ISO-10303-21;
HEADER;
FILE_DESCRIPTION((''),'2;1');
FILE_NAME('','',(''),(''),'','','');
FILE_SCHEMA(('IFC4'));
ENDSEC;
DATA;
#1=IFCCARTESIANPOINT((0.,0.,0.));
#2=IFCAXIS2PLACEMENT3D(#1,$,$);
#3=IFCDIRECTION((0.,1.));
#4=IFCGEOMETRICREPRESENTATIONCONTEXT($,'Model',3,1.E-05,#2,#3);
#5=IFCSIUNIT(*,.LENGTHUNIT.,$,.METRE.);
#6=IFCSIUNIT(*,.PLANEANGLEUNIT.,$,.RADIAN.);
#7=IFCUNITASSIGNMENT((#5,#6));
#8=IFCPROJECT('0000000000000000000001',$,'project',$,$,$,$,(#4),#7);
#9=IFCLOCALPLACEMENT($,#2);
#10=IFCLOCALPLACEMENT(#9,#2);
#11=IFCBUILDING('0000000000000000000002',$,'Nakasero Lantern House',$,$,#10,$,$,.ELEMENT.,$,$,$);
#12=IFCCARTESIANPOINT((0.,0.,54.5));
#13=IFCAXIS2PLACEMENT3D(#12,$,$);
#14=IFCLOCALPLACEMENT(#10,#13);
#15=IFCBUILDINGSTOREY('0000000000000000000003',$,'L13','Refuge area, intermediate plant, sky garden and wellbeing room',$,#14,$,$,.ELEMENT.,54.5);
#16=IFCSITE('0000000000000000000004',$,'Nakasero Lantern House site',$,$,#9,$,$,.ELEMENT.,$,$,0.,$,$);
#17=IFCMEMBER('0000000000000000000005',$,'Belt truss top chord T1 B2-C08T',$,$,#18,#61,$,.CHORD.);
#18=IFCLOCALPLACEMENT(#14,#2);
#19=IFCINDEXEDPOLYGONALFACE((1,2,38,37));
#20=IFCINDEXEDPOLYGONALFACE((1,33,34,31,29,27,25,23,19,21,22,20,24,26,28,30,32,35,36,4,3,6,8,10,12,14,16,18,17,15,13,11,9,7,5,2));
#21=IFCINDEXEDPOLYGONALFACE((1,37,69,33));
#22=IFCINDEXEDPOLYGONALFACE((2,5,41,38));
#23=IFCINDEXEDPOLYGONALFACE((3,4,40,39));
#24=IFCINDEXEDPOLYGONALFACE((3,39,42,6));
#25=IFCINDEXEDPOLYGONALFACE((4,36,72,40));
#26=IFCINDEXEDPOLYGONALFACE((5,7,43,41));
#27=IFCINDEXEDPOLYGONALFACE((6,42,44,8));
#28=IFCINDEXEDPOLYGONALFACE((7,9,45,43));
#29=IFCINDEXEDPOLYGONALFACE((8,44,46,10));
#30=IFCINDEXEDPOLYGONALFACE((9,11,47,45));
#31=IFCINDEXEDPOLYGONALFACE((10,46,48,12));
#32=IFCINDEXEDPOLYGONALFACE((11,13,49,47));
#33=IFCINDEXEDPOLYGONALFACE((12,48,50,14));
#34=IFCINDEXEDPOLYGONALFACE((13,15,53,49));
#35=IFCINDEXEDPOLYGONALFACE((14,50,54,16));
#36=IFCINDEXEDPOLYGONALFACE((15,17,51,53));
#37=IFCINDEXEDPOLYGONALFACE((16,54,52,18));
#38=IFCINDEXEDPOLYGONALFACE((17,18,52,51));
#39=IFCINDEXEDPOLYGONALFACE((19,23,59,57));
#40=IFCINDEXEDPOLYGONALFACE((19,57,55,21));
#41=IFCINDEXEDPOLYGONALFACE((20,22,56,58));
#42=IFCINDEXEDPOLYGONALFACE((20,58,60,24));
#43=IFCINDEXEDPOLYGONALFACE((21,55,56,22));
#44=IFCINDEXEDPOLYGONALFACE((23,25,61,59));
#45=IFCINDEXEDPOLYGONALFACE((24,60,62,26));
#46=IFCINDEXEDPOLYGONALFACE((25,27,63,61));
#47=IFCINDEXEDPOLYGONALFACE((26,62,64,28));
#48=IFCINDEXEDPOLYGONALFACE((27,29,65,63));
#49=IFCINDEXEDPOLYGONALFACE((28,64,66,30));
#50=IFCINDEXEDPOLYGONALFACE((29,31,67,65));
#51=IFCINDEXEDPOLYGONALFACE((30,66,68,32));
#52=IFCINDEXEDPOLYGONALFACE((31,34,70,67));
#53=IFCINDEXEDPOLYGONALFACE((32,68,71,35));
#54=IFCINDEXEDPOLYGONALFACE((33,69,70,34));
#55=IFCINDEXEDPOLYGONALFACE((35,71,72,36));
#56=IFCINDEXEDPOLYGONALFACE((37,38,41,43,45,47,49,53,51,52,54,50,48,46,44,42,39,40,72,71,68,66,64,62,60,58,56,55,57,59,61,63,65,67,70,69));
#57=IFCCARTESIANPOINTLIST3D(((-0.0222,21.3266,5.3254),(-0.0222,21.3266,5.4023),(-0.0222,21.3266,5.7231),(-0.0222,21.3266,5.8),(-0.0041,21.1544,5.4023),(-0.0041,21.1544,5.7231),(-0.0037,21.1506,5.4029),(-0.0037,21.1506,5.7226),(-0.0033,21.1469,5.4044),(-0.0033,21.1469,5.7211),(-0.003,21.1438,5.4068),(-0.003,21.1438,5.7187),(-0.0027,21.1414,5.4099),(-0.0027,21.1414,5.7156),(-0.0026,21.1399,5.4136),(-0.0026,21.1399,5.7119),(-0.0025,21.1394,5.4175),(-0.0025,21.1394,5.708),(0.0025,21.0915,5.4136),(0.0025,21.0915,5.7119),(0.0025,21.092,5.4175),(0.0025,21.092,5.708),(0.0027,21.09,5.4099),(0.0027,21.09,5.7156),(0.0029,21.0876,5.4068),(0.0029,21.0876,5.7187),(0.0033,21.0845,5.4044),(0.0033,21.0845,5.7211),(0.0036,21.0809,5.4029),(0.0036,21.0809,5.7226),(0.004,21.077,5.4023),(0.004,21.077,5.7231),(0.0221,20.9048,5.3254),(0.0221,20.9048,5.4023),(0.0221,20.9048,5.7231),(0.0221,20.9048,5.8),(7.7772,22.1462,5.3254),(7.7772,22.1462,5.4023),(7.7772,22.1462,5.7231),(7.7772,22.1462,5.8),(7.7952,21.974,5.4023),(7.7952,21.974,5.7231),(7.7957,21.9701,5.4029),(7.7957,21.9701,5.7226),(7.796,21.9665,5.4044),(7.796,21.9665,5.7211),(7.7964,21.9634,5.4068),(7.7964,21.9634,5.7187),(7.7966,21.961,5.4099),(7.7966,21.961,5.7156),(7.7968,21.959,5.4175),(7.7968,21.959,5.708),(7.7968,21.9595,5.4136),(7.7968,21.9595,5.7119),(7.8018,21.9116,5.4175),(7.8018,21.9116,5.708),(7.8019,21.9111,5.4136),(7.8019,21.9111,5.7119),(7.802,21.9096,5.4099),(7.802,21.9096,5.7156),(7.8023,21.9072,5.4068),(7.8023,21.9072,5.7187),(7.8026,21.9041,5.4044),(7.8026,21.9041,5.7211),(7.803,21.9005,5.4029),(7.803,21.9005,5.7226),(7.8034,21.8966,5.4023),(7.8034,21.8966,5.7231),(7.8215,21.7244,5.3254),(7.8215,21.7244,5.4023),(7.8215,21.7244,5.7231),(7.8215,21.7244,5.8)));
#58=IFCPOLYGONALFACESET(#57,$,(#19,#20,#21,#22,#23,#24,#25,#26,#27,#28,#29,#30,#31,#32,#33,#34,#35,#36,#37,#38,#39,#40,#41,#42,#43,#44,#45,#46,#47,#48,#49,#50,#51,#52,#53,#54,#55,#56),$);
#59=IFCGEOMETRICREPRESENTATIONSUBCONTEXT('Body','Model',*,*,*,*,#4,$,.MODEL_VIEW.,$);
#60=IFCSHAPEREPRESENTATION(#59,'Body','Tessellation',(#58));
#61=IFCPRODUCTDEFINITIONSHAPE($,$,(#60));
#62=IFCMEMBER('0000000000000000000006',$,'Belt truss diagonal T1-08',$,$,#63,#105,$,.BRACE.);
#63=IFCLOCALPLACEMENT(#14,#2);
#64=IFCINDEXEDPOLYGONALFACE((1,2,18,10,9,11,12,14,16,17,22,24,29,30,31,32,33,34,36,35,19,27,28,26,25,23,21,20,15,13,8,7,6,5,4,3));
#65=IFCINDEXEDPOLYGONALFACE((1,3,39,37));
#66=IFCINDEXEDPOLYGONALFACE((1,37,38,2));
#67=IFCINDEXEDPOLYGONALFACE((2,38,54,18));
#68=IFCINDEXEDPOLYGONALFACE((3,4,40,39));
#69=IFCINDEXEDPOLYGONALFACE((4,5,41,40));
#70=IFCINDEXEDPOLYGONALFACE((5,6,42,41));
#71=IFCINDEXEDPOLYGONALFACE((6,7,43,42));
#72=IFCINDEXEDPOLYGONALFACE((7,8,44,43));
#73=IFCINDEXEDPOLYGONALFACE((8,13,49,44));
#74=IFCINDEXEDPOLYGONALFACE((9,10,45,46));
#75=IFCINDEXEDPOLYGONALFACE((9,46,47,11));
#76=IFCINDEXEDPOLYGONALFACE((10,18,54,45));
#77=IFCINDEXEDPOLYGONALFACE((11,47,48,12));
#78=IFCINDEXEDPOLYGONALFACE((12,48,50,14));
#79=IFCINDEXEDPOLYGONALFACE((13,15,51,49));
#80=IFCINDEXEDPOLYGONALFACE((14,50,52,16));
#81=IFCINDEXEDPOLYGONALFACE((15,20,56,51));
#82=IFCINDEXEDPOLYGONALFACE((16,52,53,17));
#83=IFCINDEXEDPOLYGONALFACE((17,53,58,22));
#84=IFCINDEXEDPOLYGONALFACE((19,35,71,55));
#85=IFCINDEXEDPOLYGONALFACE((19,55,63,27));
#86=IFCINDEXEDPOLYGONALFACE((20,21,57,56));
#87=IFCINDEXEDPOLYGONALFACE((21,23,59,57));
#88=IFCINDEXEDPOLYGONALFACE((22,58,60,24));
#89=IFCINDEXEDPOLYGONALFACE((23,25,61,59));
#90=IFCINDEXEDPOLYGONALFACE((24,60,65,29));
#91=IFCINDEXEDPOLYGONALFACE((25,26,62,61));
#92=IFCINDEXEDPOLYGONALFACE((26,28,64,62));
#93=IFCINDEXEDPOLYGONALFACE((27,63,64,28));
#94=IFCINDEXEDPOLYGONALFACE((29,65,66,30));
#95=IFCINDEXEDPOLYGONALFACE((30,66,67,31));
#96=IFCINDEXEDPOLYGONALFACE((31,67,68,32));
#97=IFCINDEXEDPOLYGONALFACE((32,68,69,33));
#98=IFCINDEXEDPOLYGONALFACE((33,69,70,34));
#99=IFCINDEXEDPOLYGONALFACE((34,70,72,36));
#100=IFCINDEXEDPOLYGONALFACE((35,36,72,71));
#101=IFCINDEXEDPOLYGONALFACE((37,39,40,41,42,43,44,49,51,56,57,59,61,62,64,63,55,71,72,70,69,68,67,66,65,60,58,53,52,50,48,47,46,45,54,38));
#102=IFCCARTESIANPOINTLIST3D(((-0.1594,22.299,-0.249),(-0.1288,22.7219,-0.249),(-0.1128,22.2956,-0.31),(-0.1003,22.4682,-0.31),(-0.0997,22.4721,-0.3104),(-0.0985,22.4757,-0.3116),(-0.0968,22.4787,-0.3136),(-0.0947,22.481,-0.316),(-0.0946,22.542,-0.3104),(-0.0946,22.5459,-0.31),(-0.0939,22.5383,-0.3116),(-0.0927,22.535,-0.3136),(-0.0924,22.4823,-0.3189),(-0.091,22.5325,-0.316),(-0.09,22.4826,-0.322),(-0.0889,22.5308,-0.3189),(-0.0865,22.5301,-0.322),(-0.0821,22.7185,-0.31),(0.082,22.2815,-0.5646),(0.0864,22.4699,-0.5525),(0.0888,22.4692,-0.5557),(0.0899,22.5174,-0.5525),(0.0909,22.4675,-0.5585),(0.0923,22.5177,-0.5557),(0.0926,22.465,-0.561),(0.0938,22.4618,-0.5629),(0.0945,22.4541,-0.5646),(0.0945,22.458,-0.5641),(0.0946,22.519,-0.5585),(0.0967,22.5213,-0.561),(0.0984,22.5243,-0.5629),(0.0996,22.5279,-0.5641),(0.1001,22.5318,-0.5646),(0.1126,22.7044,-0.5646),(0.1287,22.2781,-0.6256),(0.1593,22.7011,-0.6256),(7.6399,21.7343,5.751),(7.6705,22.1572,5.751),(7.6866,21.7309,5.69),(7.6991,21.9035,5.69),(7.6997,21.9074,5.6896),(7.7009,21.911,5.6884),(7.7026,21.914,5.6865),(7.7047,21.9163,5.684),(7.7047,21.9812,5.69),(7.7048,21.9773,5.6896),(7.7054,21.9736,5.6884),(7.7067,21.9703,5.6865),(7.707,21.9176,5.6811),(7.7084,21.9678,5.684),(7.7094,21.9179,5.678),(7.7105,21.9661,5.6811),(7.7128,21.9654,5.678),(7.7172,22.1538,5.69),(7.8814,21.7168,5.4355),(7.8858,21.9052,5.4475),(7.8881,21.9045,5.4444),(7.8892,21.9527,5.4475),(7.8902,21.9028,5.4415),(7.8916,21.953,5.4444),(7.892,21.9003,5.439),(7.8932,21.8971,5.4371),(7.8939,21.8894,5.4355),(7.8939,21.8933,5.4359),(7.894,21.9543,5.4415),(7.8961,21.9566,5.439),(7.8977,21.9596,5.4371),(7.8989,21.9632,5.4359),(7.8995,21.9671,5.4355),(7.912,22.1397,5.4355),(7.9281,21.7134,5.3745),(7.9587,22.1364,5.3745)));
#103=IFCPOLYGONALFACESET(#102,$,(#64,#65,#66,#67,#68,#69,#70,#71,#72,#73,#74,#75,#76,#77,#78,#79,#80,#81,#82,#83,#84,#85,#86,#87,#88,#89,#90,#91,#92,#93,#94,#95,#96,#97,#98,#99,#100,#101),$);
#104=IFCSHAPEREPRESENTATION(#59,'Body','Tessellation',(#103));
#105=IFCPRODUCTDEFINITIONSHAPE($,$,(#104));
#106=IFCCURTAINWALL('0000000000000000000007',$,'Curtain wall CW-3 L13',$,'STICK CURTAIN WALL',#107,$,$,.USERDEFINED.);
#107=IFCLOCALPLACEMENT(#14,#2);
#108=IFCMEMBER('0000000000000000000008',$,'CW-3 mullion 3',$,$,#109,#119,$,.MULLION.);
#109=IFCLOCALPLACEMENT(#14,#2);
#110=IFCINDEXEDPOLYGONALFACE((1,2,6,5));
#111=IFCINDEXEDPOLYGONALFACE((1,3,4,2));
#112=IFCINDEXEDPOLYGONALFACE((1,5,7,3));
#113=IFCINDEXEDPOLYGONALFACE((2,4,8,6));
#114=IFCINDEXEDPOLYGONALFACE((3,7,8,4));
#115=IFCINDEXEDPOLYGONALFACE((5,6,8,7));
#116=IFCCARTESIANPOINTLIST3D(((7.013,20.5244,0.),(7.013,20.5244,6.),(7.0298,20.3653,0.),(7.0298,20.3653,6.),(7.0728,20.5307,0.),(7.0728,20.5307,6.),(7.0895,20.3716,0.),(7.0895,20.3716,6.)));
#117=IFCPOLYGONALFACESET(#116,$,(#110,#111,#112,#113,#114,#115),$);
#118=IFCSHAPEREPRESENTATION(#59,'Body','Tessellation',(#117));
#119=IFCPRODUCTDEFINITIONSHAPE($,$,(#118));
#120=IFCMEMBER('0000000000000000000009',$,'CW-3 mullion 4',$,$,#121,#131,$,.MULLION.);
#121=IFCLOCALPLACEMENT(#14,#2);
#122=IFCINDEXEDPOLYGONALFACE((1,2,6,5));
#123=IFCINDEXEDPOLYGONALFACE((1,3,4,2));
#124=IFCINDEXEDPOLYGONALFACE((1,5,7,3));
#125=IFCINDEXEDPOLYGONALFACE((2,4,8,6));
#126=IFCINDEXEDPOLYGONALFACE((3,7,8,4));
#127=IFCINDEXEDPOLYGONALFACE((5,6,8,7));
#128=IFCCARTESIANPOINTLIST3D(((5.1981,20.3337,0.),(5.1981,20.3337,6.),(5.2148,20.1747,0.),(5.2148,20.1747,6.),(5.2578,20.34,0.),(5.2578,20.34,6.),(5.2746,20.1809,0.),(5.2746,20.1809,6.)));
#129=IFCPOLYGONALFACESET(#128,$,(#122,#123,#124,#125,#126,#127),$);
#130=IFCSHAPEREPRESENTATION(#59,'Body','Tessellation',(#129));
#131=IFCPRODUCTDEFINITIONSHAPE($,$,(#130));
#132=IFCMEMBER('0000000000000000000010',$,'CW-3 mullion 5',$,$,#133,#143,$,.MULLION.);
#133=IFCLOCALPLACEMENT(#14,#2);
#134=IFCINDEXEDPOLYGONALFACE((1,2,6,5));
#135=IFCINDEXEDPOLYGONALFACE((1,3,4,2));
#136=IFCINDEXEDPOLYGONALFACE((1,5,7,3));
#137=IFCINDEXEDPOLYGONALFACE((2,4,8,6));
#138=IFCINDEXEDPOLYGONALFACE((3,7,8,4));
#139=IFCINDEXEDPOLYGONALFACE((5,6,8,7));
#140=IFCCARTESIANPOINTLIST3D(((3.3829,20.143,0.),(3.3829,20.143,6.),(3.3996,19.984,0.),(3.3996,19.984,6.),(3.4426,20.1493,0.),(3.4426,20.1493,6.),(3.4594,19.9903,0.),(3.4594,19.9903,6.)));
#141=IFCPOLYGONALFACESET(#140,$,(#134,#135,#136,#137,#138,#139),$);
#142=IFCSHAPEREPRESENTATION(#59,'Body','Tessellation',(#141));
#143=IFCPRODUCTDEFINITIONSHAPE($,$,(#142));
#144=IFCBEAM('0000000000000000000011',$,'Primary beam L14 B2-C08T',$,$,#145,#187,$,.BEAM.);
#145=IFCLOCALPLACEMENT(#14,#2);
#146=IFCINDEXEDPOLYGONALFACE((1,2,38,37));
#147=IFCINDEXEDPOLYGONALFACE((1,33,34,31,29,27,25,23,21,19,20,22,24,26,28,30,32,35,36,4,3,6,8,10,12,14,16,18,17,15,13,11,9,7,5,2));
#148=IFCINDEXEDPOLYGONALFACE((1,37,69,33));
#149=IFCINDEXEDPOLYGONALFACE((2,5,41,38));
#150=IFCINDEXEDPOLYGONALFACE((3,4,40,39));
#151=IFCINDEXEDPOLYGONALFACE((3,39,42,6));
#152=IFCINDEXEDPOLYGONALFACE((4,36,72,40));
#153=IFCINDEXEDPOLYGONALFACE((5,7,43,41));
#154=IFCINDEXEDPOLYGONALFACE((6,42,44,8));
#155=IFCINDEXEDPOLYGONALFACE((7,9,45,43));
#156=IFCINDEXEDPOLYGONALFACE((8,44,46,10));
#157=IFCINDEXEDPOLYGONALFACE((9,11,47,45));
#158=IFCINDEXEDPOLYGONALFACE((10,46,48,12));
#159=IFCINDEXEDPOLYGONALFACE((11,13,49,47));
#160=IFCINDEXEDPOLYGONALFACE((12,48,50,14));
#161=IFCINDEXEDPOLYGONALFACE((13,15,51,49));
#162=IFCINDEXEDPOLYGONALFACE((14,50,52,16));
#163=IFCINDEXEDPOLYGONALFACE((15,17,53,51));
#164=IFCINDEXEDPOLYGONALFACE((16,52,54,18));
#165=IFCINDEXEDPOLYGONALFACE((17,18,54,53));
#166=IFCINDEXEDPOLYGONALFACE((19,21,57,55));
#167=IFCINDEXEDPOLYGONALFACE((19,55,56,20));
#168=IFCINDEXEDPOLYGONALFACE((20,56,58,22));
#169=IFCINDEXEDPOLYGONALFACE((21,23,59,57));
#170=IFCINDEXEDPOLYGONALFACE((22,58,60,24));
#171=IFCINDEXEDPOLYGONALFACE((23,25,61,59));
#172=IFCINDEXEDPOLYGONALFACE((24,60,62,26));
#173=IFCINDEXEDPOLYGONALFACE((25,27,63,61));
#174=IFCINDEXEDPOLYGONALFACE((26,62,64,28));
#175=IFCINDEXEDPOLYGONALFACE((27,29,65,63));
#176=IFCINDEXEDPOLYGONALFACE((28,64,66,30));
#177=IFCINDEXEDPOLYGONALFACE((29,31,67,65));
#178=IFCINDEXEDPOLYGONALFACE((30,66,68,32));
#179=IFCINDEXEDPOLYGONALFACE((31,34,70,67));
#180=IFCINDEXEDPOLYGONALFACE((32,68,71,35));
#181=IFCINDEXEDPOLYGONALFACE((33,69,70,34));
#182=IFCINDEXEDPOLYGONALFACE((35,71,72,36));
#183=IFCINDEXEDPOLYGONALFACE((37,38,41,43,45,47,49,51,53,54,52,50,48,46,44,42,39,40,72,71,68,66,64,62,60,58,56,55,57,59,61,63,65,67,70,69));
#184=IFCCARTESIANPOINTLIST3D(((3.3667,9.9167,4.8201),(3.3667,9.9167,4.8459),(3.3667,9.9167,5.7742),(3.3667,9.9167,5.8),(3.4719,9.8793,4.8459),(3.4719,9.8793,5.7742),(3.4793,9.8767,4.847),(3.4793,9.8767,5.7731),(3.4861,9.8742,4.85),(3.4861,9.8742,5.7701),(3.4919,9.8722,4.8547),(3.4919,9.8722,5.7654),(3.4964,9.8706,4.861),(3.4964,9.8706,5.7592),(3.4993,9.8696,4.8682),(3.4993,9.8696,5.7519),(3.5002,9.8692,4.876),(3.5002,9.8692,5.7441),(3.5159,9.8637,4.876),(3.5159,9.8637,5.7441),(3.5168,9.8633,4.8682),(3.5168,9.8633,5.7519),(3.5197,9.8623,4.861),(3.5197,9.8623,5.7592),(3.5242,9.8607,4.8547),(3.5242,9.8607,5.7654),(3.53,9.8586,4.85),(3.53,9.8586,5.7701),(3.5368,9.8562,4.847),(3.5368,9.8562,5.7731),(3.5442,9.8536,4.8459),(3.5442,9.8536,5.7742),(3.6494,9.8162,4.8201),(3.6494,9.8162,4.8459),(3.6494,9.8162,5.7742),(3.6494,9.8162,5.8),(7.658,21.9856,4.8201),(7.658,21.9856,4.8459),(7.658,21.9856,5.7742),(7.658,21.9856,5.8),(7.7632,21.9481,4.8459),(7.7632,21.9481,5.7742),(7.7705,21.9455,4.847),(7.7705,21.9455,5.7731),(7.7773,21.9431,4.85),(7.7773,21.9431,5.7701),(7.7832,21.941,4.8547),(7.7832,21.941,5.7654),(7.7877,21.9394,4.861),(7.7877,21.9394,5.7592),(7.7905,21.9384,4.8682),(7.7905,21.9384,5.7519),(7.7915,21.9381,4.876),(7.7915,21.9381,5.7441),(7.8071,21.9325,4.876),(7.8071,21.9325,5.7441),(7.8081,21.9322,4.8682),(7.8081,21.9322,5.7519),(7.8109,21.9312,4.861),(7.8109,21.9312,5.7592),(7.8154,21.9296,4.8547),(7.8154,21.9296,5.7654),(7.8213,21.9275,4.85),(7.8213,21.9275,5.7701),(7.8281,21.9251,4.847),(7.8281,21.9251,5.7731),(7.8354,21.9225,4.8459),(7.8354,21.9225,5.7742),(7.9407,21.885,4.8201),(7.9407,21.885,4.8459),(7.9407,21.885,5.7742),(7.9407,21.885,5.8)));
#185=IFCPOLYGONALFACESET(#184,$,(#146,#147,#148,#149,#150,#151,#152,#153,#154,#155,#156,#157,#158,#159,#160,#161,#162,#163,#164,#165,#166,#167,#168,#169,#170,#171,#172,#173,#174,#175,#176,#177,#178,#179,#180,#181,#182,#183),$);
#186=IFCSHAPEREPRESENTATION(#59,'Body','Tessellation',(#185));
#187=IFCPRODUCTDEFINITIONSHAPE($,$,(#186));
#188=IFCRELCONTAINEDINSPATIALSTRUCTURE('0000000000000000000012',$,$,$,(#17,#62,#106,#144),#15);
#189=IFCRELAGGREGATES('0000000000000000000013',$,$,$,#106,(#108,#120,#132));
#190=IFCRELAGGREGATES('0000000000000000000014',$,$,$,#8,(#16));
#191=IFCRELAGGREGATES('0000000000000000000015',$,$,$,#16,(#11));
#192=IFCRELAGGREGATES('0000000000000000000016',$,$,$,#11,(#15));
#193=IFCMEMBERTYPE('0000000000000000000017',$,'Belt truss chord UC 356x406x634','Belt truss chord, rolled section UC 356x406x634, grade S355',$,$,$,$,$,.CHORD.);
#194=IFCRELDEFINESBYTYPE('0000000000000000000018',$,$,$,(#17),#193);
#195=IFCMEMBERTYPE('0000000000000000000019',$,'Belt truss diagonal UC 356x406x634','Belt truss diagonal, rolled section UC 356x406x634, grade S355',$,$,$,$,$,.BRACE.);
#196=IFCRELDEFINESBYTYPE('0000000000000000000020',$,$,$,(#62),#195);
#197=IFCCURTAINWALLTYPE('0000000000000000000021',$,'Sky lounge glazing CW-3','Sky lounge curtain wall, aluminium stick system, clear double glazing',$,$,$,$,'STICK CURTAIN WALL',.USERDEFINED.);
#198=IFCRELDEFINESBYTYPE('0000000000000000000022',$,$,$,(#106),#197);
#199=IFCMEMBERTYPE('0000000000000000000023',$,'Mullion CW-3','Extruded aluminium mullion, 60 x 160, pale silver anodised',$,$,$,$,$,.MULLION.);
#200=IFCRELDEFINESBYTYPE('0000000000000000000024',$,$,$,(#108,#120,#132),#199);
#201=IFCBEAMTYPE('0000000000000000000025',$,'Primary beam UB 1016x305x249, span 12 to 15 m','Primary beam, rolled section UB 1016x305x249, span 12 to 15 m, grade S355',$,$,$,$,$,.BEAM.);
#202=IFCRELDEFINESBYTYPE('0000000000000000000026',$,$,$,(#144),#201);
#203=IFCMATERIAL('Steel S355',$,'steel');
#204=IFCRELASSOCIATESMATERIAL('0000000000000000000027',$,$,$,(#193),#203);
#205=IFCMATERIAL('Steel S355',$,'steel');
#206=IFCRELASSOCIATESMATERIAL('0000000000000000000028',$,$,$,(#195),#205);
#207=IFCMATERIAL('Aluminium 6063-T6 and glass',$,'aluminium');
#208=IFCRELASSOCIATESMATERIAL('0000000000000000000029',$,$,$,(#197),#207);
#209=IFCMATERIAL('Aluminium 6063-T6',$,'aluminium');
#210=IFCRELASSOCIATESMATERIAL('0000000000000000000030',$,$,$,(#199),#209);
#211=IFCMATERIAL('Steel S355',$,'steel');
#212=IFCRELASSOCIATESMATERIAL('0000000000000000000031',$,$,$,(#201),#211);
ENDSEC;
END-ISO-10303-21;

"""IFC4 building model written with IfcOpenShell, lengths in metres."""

from ifc_helpers import new_model, si_unit, direction, frame, origin, origin_2d, place, context, subcontext, project, spatial, rectangle, i_section, extrude, material, material_profile, profile_set, type_object, element, aggregate, save


model = new_model("IFC4")

# Units and contexts
model_context = context("Model", 3, precision=1e-05, world=origin(), true_north=direction((0.0, 1.0)))
body_context = subcontext(model_context, "Body", "Model", "MODEL_VIEW")
ifc_project = project(units=[si_unit("LENGTHUNIT", "METRE"), si_unit("PLANEANGLEUNIT", "RADIAN")], contexts=[model_context])

# Site, building, storey
site_placement = place(None, origin())
site = spatial("IfcSite", under=ifc_project, at=site_placement, Name="Nakasero Lantern House site", CompositionType="ELEMENT", RefElevation=0.0)
building_placement = place(site_placement, origin())
building = spatial("IfcBuilding", under=site, at=building_placement, Name="Nakasero Lantern House", CompositionType="ELEMENT")
storey_placement = place(building_placement, frame((0.0, 0.0, 54.5)))
storey = spatial("IfcBuildingStorey", under=building, at=storey_placement, Name="L13", Description="Refuge area, intermediate plant, sky garden and wellbeing room", CompositionType="ELEMENT", Elevation=54.5)

# Members
ifc_material_1 = material(Name="Steel S355", Category="steel")
ifc_material_profile_1 = material_profile(ifc_material_1, i_section(OverallWidth=0.4241, OverallDepth=0.4746, WebThickness=0.0476, FlangeThickness=0.0769, FilletRadius=0.0151, at=origin_2d()), Name="UC 356x406x634")
ifc_profile_set_1 = profile_set([ifc_material_profile_1], Name="Steel S355")
member_type_1 = type_object("IfcMemberType", Name="Belt truss chord UC 356x406x634", Description="Belt truss chord, rolled section UC 356x406x634, grade S355", PredefinedType="CHORD", material=ifc_profile_set_1)
member_1_placement = place(storey_placement, frame((7.7993, 21.9353, 5.5627), z_axis=(-0.994524, -0.104508, 0.0), x_axis=(0.104508, -0.994524, 0.0)))
element("IfcMember", 1, at=member_1_placement, inside=storey, type_object=member_type_1, Name="Belt truss top chord T1 B2-C08T", PredefinedType="CHORD", context=body_context, shape_type="SweptSolid", body=[
    extrude(i_section(OverallWidth=0.4241, OverallDepth=0.4746, WebThickness=0.0476, FlangeThickness=0.0769, FilletRadius=0.0151, at=origin_2d()), origin(), (0.0, 0.0, 1.0), 7.8423),
])
ifc_material_2 = material(Name="Steel S355", Category="steel")
ifc_material_profile_2 = material_profile(ifc_material_2, i_section(OverallWidth=0.4241, OverallDepth=0.4746, WebThickness=0.0476, FlangeThickness=0.0769, FilletRadius=0.0151, at=origin_2d()), Name="UC 356x406x634")
ifc_profile_set_2 = profile_set([ifc_material_profile_2], Name="Steel S355")
member_type_2 = type_object("IfcMemberType", Name="Belt truss diagonal UC 356x406x634", Description="Belt truss diagonal, rolled section UC 356x406x634, grade S355", PredefinedType="BRACE", material=ifc_profile_set_2)
member_2_placement = place(storey_placement, frame((7.7993, 21.9353, 5.5627), z_axis=(-0.791296, 0.057293, -0.608743), x_axis=(-0.072214, -0.997389, 0.0)))
element("IfcMember", 2, at=member_2_placement, inside=storey, type_object=member_type_2, Name="Belt truss diagonal T1-08", PredefinedType="BRACE", context=body_context, shape_type="SweptSolid", body=[
    extrude(i_section(OverallWidth=0.4241, OverallDepth=0.4746, WebThickness=0.0476, FlangeThickness=0.0769, FilletRadius=0.0151, at=origin_2d()), origin(), (0.0, 0.0, 1.0), 9.8564),
])

# Curtain wall, members
ifc_material_3 = material(Name="Aluminium 6063-T6 and glass", Category="aluminium")
curtain_wall_type = type_object("IfcCurtainWallType", Name="Sky lounge glazing CW-3", Description="Sky lounge curtain wall, aluminium stick system, clear double glazing", ElementType="STICK CURTAIN WALL", PredefinedType="USERDEFINED", material=ifc_material_3)
curtain_wall_placement = place(storey_placement, origin())
curtain_wall = element("IfcCurtainWall", 3, at=curtain_wall_placement, inside=storey, type_object=curtain_wall_type, Name="Curtain wall CW-3 L13", ObjectType="STICK CURTAIN WALL", PredefinedType="USERDEFINED")
ifc_material_4 = material(Name="Aluminium 6063-T6", Category="aluminium")
ifc_material_profile_3 = material_profile(ifc_material_4, rectangle(XDim=0.0601, YDim=0.1599, at=origin_2d()), Name="CW-3 mullion 60x160")
ifc_profile_set_3 = profile_set([ifc_material_profile_3], Name="Aluminium 6063-T6")
member_type_3 = type_object("IfcMemberType", Name="Mullion CW-3", Description="Extruded aluminium mullion, 60 x 160, pale silver anodised", PredefinedType="MULLION", material=ifc_profile_set_3)
member_3_placement = place(storey_placement, frame((7.0513, 20.448, 0.0), z_axis=(0.0, 0.0, 1.0), x_axis=(-0.994522, -0.104528, 0.0)))
member_3 = element("IfcMember", 4, at=member_3_placement, type_object=member_type_3, Name="CW-3 mullion 3", PredefinedType="MULLION", context=body_context, shape_type="SweptSolid", body=[
    extrude(rectangle(XDim=0.0601, YDim=0.1599, at=origin_2d()), origin(), (0.0, 0.0, 1.0), 6.0),
])
member_4_placement = place(storey_placement, frame((5.2363, 20.2573, 0.0), z_axis=(0.0, 0.0, 1.0), x_axis=(-0.994522, -0.104528, 0.0)))
member_4 = element("IfcMember", 5, at=member_4_placement, type_object=member_type_3, Name="CW-3 mullion 4", PredefinedType="MULLION", context=body_context, shape_type="SweptSolid", body=[
    extrude(rectangle(XDim=0.0601, YDim=0.1599, at=origin_2d()), origin(), (0.0, 0.0, 1.0), 6.0),
])
member_5_placement = place(storey_placement, frame((3.4211, 20.0667, 0.0), z_axis=(0.0, 0.0, 1.0), x_axis=(-0.994522, -0.104528, 0.0)))
member_5 = element("IfcMember", 6, at=member_5_placement, type_object=member_type_3, Name="CW-3 mullion 5", PredefinedType="MULLION", context=body_context, shape_type="SweptSolid", body=[
    extrude(rectangle(XDim=0.0601, YDim=0.1599, at=origin_2d()), origin(), (0.0, 0.0, 1.0), 6.0),
])

# Beam
ifc_material_5 = material(Name="Steel S355", Category="steel")
ifc_material_profile_4 = material_profile(ifc_material_5, i_section(OverallWidth=0.3, OverallDepth=0.98, WebThickness=0.0166, FlangeThickness=0.0259, FilletRadius=0.03, at=origin_2d()), Name="UB 1016x305x249")
ifc_profile_set_4 = profile_set([ifc_material_profile_4], Name="Steel S355")
beam_type = type_object("IfcBeamType", Name="Primary beam UB 1016x305x249, span 12 to 15 m", Description="Primary beam, rolled section UB 1016x305x249, span 12 to 15 m, grade S355", PredefinedType="BEAM", material=ifc_profile_set_4)
beam_placement = place(storey_placement, frame((7.7993, 21.9353, 5.3101), z_axis=(-0.335018, -0.942212, 0.0), x_axis=(0.942212, -0.335018, 0.0)))
element("IfcBeam", 7, at=beam_placement, inside=storey, type_object=beam_type, Name="Primary beam L14 B2-C08T", PredefinedType="BEAM", context=body_context, shape_type="SweptSolid", body=[
    extrude(i_section(OverallWidth=0.3, OverallDepth=0.98, WebThickness=0.0166, FlangeThickness=0.0259, FilletRadius=0.03, at=origin_2d()), origin(), (0.0, 0.0, 1.0), 12.8091),
])

aggregate(curtain_wall, [member_3, member_4, member_5])

save(model, "model.ifc")
